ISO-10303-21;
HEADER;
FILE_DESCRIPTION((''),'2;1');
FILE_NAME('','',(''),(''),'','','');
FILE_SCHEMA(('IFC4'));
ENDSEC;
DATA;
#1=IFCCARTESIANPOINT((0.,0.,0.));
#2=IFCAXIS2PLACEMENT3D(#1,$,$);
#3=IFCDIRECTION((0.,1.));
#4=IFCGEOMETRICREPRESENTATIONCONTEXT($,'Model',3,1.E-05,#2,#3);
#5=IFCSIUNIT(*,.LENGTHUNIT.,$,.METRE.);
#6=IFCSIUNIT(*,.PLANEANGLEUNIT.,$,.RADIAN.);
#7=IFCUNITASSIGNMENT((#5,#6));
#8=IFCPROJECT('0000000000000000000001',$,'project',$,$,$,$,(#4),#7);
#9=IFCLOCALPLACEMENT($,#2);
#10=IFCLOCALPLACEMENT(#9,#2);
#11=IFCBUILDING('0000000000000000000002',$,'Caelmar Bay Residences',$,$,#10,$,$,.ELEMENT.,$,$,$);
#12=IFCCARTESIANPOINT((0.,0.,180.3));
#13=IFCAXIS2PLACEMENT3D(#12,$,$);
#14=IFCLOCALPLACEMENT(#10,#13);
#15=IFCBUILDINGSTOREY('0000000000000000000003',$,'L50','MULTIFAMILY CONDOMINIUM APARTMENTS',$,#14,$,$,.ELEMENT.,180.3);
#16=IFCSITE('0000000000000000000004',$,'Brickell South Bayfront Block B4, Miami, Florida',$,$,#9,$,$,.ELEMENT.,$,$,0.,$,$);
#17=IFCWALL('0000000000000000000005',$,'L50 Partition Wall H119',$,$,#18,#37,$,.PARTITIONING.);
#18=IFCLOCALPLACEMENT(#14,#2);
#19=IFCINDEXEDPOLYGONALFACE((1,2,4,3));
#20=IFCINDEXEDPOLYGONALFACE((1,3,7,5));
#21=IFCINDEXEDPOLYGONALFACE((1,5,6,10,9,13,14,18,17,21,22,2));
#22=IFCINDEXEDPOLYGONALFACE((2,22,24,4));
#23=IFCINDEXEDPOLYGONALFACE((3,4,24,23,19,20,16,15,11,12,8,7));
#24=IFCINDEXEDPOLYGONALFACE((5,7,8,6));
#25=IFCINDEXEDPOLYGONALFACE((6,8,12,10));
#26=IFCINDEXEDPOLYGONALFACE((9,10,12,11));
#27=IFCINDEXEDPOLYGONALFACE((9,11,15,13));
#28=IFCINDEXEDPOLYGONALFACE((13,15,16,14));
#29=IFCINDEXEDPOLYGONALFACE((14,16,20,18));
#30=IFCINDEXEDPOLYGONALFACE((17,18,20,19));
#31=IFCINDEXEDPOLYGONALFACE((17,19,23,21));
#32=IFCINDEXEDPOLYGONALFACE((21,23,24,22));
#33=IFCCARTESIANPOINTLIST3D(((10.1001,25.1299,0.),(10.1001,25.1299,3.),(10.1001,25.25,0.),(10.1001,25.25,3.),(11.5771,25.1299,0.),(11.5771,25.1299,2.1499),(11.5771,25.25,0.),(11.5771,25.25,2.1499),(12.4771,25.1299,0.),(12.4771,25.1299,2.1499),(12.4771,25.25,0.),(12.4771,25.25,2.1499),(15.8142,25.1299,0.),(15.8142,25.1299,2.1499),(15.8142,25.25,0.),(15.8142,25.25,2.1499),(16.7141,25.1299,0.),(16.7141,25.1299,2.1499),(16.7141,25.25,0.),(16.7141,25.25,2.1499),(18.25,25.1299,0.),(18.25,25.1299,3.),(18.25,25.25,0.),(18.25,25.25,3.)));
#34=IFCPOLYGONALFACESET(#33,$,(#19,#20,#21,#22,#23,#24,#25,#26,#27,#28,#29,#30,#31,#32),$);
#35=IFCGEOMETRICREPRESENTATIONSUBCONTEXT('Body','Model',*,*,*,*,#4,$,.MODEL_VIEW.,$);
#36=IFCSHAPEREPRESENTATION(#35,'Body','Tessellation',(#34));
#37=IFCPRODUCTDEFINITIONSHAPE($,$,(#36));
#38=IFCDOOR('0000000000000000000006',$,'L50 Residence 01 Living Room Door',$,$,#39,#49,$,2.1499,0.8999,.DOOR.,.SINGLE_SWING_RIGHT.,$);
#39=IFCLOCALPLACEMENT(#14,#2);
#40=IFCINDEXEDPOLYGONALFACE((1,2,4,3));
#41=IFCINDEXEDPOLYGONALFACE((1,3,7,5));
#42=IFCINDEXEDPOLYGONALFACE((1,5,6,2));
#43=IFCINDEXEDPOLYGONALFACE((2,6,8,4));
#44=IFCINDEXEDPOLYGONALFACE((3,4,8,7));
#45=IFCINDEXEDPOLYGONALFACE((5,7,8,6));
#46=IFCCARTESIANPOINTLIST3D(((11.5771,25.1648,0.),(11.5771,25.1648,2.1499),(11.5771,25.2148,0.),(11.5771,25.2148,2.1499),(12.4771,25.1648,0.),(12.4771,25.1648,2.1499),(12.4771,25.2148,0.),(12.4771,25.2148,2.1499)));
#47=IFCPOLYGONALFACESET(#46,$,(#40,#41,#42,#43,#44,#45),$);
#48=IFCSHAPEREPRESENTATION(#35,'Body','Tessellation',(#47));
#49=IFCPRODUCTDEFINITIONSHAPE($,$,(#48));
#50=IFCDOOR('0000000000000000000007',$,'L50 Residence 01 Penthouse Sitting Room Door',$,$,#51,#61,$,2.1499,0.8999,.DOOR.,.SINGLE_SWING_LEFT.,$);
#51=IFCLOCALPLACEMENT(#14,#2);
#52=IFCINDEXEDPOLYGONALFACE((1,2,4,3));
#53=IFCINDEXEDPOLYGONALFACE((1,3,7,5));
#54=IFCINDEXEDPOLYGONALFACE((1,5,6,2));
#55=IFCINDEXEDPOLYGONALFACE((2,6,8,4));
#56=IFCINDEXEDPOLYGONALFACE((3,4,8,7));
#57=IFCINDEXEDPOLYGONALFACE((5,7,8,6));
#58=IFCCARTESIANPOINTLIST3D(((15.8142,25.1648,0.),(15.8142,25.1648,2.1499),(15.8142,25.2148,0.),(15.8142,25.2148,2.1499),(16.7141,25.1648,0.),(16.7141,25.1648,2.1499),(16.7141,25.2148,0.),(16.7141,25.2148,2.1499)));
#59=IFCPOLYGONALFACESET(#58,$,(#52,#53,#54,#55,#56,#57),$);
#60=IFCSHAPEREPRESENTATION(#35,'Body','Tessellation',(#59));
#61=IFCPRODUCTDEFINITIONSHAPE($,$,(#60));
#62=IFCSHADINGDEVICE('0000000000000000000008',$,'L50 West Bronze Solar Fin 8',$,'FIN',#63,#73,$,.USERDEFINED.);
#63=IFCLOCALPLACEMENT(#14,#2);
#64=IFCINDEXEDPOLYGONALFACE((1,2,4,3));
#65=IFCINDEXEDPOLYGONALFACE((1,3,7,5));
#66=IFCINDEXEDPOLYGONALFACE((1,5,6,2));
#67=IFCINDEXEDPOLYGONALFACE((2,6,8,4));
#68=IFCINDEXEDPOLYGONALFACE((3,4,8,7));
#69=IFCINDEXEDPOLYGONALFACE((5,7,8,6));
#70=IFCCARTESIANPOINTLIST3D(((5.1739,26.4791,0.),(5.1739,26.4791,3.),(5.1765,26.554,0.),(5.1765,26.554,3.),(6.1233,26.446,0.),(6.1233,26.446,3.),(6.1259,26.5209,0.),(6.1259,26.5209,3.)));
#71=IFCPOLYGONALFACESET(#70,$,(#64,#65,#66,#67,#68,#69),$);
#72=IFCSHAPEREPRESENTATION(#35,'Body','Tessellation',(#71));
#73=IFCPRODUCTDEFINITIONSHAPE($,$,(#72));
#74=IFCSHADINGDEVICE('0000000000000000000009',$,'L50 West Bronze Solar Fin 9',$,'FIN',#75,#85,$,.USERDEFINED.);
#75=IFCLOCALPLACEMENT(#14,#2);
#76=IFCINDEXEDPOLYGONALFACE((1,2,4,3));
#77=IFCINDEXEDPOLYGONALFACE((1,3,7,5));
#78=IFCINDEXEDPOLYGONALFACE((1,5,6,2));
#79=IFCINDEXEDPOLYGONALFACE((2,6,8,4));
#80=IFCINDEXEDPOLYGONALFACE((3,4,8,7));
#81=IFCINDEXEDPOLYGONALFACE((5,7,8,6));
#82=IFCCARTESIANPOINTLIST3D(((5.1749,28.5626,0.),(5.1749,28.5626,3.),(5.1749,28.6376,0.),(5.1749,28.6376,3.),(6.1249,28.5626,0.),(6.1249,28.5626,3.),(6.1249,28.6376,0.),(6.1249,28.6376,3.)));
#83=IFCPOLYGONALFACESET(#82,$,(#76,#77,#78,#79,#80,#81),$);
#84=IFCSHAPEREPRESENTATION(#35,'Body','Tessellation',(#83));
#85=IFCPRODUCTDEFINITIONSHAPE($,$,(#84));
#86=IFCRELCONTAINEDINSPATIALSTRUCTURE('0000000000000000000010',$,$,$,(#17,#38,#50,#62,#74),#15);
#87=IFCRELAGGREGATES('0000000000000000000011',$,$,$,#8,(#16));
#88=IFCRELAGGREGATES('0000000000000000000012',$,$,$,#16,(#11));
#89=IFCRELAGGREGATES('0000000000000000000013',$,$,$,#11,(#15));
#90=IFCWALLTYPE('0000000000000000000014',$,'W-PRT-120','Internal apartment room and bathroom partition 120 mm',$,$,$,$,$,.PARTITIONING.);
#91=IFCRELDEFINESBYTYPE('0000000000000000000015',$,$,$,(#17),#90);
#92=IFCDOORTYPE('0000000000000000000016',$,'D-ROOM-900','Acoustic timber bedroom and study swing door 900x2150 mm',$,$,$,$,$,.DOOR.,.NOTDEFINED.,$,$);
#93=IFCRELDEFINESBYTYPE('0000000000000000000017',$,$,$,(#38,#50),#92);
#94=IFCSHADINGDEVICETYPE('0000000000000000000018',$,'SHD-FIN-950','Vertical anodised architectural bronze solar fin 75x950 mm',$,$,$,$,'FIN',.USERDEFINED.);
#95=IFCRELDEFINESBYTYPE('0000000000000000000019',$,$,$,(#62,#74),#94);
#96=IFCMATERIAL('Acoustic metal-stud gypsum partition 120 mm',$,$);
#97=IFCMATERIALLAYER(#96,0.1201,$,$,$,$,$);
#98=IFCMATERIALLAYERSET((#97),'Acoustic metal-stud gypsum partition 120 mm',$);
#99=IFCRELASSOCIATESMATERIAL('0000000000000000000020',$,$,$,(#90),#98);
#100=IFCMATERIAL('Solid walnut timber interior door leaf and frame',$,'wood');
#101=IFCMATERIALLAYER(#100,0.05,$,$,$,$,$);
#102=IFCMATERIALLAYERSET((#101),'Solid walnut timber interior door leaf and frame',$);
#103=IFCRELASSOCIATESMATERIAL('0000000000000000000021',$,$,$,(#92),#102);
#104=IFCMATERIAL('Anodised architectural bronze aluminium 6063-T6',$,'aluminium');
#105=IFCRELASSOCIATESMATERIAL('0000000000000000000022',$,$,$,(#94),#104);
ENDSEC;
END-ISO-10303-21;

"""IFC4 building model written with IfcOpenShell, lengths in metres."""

from ifc_helpers import new_model, si_unit, direction, frame, frame_2d, origin, origin_2d, place, context, subcontext, project, spatial, rectangle, extrude, material, layer, layer_set, material_profile, profile_set, type_object, element, fill, save


model = new_model("IFC4")

# Units and contexts
model_context = context("Model", 3, precision=1e-05, world=origin(), true_north=direction((0.0, 1.0)))
body_context = subcontext(model_context, "Body", "Model", "MODEL_VIEW")
ifc_project = project(units=[si_unit("LENGTHUNIT", "METRE"), si_unit("PLANEANGLEUNIT", "RADIAN")], contexts=[model_context])

# Site, building, storey
site_placement = place(None, origin())
site = spatial("IfcSite", under=ifc_project, at=site_placement, Name="Brickell South Bayfront Block B4, Miami, Florida", CompositionType="ELEMENT", RefElevation=0.0)
building_placement = place(site_placement, origin())
building = spatial("IfcBuilding", under=site, at=building_placement, Name="Caelmar Bay Residences", CompositionType="ELEMENT")
storey_placement = place(building_placement, frame((0.0, 0.0, 180.3)))
storey = spatial("IfcBuildingStorey", under=building, at=storey_placement, Name="L50", Description="MULTIFAMILY CONDOMINIUM APARTMENTS", CompositionType="ELEMENT", Elevation=180.3)

# Shared definitions
ifc_material_1 = material(Name="Acoustic metal-stud gypsum partition 120 mm")
ifc_layer_1 = layer(ifc_material_1, 0.1201)
ifc_layer_set_1 = layer_set([ifc_layer_1], Name="Acoustic metal-stud gypsum partition 120 mm")
wall_type_1 = type_object("IfcWallType", Name="W-PRT-120", Description="Internal apartment room and bathroom partition 120 mm", PredefinedType="PARTITIONING", material=ifc_layer_set_1)

# Shared definitions
ifc_material_2 = material(Name="Solid walnut timber interior door leaf and frame", Category="wood")
ifc_layer_2 = layer(ifc_material_2, 0.05)
ifc_layer_set_2 = layer_set([ifc_layer_2], Name="Solid walnut timber interior door leaf and frame")
door_type = type_object("IfcDoorType", Name="D-ROOM-900", Description="Acoustic timber bedroom and study swing door 900x2150 mm", OperationType="NOTDEFINED", PredefinedType="DOOR", material=ifc_layer_set_2)

# Wall, openings, doors
wall_1_placement = place(storey_placement, frame((10.1001, 25.1899, 0.0), z_axis=(0.0, 0.0, 1.0), x_axis=(1.0, 0.0, 0.0)))
wall_1 = element("IfcWall", 1, at=wall_1_placement, inside=storey, type_object=wall_type_1, Name="L50 Partition Wall H119", PredefinedType="PARTITIONING", context=body_context, shape_type="SweptSolid", body=[
    extrude(rectangle(XDim=8.1499, YDim=0.1201, at=frame_2d((4.075, 0.0))), origin(), (0.0, 0.0, 1.0), 3.0),
])
opening_1_placement = place(wall_1_placement, frame((1.4771, 0.0, 0.0)))
opening_1 = element("IfcOpeningElement", 2, at=opening_1_placement, cuts=wall_1, PredefinedType="OPENING", context=body_context, shape_type="SweptSolid", body=[
    extrude(rectangle(XDim=0.8999, YDim=2.1499, at=frame_2d((0.45, 1.075))), frame((0.0, 0.0701, 0.0), z_axis=(0.0, -1.0, 0.0), x_axis=(1.0, 0.0, 0.0)), (0.0, 0.0, 1.0), 0.1401),
])
opening_2_placement = place(wall_1_placement, frame((5.7141, 0.0, 0.0)))
opening_2 = element("IfcOpeningElement", 3, at=opening_2_placement, cuts=wall_1, PredefinedType="OPENING", context=body_context, shape_type="SweptSolid", body=[
    extrude(rectangle(XDim=0.8999, YDim=2.1499, at=frame_2d((0.45, 1.075))), frame((0.0, 0.0701, 0.0), z_axis=(0.0, -1.0, 0.0), x_axis=(1.0, 0.0, 0.0)), (0.0, 0.0, 1.0), 0.1401),
])
door_1_placement = place(opening_1_placement, origin())
door_1 = element("IfcDoor", 4, at=door_1_placement, inside=storey, type_object=door_type, Name="L50 Residence 01 Living Room Door", OperationType="SINGLE_SWING_RIGHT", OverallHeight=2.1499, OverallWidth=0.8999, PredefinedType="DOOR", context=body_context, shape_type="SweptSolid", body=[
    extrude(rectangle(XDim=0.8999, YDim=2.1499, at=frame_2d((0.45, 1.075))), frame((0.0, 0.0249, 0.0), z_axis=(0.0, -1.0, 0.0), x_axis=(1.0, 0.0, 0.0)), (0.0, 0.0, 1.0), 0.05),
])
fill(opening_1, door_1)
door_2_placement = place(opening_2_placement, origin())
door_2 = element("IfcDoor", 5, at=door_2_placement, inside=storey, type_object=door_type, Name="L50 Residence 01 Penthouse Sitting Room Door", OperationType="SINGLE_SWING_LEFT", OverallHeight=2.1499, OverallWidth=0.8999, PredefinedType="DOOR", context=body_context, shape_type="SweptSolid", body=[
    extrude(rectangle(XDim=0.8999, YDim=2.1499, at=frame_2d((0.45, 1.075))), frame((0.0, 0.0249, 0.0), z_axis=(0.0, -1.0, 0.0), x_axis=(1.0, 0.0, 0.0)), (0.0, 0.0, 1.0), 0.05),
])
fill(opening_2, door_2)

# Shading devices
ifc_material_3 = material(Name="Anodised architectural bronze aluminium 6063-T6", Category="aluminium")
ifc_material_profile_1 = material_profile(ifc_material_3, rectangle(XDim=0.075, YDim=0.95, at=origin_2d()), Name="BRONZE-FIN-75X950")
ifc_profile_set_1 = profile_set([ifc_material_profile_1], Name="Anodised architectural bronze aluminium 6063-T6")
shading_device_type = type_object("IfcShadingDeviceType", Name="SHD-FIN-950", Description="Vertical anodised architectural bronze solar fin 75x950 mm", ElementType="FIN", PredefinedType="USERDEFINED", material=ifc_profile_set_1)
for number, where, z_axis, x_axis, name in (
    (6, (5.6499, 26.5, 0.0), (0.0, 0.0, 1.0), (0.034899, 0.999391, 0.0), "L50 West Bronze Solar Fin 8"),
    (7, (5.6499, 28.6001, 0.0), (0.0, 0.0, 1.0), (0.0, 1.0, 0.0), "L50 West Bronze Solar Fin 9"),
):
    element("IfcShadingDevice", number, at=place(storey_placement, frame(where, z_axis=z_axis, x_axis=x_axis)), inside=storey, type_object=shading_device_type, Name=name, ObjectType="FIN", PredefinedType="USERDEFINED", context=body_context, shape_type="SweptSolid", body=[
        extrude(rectangle(XDim=0.075, YDim=0.95, at=origin_2d()), origin(), (0.0, 0.0, 1.0), 3.0),
    ])

save(model, "model.ifc")
